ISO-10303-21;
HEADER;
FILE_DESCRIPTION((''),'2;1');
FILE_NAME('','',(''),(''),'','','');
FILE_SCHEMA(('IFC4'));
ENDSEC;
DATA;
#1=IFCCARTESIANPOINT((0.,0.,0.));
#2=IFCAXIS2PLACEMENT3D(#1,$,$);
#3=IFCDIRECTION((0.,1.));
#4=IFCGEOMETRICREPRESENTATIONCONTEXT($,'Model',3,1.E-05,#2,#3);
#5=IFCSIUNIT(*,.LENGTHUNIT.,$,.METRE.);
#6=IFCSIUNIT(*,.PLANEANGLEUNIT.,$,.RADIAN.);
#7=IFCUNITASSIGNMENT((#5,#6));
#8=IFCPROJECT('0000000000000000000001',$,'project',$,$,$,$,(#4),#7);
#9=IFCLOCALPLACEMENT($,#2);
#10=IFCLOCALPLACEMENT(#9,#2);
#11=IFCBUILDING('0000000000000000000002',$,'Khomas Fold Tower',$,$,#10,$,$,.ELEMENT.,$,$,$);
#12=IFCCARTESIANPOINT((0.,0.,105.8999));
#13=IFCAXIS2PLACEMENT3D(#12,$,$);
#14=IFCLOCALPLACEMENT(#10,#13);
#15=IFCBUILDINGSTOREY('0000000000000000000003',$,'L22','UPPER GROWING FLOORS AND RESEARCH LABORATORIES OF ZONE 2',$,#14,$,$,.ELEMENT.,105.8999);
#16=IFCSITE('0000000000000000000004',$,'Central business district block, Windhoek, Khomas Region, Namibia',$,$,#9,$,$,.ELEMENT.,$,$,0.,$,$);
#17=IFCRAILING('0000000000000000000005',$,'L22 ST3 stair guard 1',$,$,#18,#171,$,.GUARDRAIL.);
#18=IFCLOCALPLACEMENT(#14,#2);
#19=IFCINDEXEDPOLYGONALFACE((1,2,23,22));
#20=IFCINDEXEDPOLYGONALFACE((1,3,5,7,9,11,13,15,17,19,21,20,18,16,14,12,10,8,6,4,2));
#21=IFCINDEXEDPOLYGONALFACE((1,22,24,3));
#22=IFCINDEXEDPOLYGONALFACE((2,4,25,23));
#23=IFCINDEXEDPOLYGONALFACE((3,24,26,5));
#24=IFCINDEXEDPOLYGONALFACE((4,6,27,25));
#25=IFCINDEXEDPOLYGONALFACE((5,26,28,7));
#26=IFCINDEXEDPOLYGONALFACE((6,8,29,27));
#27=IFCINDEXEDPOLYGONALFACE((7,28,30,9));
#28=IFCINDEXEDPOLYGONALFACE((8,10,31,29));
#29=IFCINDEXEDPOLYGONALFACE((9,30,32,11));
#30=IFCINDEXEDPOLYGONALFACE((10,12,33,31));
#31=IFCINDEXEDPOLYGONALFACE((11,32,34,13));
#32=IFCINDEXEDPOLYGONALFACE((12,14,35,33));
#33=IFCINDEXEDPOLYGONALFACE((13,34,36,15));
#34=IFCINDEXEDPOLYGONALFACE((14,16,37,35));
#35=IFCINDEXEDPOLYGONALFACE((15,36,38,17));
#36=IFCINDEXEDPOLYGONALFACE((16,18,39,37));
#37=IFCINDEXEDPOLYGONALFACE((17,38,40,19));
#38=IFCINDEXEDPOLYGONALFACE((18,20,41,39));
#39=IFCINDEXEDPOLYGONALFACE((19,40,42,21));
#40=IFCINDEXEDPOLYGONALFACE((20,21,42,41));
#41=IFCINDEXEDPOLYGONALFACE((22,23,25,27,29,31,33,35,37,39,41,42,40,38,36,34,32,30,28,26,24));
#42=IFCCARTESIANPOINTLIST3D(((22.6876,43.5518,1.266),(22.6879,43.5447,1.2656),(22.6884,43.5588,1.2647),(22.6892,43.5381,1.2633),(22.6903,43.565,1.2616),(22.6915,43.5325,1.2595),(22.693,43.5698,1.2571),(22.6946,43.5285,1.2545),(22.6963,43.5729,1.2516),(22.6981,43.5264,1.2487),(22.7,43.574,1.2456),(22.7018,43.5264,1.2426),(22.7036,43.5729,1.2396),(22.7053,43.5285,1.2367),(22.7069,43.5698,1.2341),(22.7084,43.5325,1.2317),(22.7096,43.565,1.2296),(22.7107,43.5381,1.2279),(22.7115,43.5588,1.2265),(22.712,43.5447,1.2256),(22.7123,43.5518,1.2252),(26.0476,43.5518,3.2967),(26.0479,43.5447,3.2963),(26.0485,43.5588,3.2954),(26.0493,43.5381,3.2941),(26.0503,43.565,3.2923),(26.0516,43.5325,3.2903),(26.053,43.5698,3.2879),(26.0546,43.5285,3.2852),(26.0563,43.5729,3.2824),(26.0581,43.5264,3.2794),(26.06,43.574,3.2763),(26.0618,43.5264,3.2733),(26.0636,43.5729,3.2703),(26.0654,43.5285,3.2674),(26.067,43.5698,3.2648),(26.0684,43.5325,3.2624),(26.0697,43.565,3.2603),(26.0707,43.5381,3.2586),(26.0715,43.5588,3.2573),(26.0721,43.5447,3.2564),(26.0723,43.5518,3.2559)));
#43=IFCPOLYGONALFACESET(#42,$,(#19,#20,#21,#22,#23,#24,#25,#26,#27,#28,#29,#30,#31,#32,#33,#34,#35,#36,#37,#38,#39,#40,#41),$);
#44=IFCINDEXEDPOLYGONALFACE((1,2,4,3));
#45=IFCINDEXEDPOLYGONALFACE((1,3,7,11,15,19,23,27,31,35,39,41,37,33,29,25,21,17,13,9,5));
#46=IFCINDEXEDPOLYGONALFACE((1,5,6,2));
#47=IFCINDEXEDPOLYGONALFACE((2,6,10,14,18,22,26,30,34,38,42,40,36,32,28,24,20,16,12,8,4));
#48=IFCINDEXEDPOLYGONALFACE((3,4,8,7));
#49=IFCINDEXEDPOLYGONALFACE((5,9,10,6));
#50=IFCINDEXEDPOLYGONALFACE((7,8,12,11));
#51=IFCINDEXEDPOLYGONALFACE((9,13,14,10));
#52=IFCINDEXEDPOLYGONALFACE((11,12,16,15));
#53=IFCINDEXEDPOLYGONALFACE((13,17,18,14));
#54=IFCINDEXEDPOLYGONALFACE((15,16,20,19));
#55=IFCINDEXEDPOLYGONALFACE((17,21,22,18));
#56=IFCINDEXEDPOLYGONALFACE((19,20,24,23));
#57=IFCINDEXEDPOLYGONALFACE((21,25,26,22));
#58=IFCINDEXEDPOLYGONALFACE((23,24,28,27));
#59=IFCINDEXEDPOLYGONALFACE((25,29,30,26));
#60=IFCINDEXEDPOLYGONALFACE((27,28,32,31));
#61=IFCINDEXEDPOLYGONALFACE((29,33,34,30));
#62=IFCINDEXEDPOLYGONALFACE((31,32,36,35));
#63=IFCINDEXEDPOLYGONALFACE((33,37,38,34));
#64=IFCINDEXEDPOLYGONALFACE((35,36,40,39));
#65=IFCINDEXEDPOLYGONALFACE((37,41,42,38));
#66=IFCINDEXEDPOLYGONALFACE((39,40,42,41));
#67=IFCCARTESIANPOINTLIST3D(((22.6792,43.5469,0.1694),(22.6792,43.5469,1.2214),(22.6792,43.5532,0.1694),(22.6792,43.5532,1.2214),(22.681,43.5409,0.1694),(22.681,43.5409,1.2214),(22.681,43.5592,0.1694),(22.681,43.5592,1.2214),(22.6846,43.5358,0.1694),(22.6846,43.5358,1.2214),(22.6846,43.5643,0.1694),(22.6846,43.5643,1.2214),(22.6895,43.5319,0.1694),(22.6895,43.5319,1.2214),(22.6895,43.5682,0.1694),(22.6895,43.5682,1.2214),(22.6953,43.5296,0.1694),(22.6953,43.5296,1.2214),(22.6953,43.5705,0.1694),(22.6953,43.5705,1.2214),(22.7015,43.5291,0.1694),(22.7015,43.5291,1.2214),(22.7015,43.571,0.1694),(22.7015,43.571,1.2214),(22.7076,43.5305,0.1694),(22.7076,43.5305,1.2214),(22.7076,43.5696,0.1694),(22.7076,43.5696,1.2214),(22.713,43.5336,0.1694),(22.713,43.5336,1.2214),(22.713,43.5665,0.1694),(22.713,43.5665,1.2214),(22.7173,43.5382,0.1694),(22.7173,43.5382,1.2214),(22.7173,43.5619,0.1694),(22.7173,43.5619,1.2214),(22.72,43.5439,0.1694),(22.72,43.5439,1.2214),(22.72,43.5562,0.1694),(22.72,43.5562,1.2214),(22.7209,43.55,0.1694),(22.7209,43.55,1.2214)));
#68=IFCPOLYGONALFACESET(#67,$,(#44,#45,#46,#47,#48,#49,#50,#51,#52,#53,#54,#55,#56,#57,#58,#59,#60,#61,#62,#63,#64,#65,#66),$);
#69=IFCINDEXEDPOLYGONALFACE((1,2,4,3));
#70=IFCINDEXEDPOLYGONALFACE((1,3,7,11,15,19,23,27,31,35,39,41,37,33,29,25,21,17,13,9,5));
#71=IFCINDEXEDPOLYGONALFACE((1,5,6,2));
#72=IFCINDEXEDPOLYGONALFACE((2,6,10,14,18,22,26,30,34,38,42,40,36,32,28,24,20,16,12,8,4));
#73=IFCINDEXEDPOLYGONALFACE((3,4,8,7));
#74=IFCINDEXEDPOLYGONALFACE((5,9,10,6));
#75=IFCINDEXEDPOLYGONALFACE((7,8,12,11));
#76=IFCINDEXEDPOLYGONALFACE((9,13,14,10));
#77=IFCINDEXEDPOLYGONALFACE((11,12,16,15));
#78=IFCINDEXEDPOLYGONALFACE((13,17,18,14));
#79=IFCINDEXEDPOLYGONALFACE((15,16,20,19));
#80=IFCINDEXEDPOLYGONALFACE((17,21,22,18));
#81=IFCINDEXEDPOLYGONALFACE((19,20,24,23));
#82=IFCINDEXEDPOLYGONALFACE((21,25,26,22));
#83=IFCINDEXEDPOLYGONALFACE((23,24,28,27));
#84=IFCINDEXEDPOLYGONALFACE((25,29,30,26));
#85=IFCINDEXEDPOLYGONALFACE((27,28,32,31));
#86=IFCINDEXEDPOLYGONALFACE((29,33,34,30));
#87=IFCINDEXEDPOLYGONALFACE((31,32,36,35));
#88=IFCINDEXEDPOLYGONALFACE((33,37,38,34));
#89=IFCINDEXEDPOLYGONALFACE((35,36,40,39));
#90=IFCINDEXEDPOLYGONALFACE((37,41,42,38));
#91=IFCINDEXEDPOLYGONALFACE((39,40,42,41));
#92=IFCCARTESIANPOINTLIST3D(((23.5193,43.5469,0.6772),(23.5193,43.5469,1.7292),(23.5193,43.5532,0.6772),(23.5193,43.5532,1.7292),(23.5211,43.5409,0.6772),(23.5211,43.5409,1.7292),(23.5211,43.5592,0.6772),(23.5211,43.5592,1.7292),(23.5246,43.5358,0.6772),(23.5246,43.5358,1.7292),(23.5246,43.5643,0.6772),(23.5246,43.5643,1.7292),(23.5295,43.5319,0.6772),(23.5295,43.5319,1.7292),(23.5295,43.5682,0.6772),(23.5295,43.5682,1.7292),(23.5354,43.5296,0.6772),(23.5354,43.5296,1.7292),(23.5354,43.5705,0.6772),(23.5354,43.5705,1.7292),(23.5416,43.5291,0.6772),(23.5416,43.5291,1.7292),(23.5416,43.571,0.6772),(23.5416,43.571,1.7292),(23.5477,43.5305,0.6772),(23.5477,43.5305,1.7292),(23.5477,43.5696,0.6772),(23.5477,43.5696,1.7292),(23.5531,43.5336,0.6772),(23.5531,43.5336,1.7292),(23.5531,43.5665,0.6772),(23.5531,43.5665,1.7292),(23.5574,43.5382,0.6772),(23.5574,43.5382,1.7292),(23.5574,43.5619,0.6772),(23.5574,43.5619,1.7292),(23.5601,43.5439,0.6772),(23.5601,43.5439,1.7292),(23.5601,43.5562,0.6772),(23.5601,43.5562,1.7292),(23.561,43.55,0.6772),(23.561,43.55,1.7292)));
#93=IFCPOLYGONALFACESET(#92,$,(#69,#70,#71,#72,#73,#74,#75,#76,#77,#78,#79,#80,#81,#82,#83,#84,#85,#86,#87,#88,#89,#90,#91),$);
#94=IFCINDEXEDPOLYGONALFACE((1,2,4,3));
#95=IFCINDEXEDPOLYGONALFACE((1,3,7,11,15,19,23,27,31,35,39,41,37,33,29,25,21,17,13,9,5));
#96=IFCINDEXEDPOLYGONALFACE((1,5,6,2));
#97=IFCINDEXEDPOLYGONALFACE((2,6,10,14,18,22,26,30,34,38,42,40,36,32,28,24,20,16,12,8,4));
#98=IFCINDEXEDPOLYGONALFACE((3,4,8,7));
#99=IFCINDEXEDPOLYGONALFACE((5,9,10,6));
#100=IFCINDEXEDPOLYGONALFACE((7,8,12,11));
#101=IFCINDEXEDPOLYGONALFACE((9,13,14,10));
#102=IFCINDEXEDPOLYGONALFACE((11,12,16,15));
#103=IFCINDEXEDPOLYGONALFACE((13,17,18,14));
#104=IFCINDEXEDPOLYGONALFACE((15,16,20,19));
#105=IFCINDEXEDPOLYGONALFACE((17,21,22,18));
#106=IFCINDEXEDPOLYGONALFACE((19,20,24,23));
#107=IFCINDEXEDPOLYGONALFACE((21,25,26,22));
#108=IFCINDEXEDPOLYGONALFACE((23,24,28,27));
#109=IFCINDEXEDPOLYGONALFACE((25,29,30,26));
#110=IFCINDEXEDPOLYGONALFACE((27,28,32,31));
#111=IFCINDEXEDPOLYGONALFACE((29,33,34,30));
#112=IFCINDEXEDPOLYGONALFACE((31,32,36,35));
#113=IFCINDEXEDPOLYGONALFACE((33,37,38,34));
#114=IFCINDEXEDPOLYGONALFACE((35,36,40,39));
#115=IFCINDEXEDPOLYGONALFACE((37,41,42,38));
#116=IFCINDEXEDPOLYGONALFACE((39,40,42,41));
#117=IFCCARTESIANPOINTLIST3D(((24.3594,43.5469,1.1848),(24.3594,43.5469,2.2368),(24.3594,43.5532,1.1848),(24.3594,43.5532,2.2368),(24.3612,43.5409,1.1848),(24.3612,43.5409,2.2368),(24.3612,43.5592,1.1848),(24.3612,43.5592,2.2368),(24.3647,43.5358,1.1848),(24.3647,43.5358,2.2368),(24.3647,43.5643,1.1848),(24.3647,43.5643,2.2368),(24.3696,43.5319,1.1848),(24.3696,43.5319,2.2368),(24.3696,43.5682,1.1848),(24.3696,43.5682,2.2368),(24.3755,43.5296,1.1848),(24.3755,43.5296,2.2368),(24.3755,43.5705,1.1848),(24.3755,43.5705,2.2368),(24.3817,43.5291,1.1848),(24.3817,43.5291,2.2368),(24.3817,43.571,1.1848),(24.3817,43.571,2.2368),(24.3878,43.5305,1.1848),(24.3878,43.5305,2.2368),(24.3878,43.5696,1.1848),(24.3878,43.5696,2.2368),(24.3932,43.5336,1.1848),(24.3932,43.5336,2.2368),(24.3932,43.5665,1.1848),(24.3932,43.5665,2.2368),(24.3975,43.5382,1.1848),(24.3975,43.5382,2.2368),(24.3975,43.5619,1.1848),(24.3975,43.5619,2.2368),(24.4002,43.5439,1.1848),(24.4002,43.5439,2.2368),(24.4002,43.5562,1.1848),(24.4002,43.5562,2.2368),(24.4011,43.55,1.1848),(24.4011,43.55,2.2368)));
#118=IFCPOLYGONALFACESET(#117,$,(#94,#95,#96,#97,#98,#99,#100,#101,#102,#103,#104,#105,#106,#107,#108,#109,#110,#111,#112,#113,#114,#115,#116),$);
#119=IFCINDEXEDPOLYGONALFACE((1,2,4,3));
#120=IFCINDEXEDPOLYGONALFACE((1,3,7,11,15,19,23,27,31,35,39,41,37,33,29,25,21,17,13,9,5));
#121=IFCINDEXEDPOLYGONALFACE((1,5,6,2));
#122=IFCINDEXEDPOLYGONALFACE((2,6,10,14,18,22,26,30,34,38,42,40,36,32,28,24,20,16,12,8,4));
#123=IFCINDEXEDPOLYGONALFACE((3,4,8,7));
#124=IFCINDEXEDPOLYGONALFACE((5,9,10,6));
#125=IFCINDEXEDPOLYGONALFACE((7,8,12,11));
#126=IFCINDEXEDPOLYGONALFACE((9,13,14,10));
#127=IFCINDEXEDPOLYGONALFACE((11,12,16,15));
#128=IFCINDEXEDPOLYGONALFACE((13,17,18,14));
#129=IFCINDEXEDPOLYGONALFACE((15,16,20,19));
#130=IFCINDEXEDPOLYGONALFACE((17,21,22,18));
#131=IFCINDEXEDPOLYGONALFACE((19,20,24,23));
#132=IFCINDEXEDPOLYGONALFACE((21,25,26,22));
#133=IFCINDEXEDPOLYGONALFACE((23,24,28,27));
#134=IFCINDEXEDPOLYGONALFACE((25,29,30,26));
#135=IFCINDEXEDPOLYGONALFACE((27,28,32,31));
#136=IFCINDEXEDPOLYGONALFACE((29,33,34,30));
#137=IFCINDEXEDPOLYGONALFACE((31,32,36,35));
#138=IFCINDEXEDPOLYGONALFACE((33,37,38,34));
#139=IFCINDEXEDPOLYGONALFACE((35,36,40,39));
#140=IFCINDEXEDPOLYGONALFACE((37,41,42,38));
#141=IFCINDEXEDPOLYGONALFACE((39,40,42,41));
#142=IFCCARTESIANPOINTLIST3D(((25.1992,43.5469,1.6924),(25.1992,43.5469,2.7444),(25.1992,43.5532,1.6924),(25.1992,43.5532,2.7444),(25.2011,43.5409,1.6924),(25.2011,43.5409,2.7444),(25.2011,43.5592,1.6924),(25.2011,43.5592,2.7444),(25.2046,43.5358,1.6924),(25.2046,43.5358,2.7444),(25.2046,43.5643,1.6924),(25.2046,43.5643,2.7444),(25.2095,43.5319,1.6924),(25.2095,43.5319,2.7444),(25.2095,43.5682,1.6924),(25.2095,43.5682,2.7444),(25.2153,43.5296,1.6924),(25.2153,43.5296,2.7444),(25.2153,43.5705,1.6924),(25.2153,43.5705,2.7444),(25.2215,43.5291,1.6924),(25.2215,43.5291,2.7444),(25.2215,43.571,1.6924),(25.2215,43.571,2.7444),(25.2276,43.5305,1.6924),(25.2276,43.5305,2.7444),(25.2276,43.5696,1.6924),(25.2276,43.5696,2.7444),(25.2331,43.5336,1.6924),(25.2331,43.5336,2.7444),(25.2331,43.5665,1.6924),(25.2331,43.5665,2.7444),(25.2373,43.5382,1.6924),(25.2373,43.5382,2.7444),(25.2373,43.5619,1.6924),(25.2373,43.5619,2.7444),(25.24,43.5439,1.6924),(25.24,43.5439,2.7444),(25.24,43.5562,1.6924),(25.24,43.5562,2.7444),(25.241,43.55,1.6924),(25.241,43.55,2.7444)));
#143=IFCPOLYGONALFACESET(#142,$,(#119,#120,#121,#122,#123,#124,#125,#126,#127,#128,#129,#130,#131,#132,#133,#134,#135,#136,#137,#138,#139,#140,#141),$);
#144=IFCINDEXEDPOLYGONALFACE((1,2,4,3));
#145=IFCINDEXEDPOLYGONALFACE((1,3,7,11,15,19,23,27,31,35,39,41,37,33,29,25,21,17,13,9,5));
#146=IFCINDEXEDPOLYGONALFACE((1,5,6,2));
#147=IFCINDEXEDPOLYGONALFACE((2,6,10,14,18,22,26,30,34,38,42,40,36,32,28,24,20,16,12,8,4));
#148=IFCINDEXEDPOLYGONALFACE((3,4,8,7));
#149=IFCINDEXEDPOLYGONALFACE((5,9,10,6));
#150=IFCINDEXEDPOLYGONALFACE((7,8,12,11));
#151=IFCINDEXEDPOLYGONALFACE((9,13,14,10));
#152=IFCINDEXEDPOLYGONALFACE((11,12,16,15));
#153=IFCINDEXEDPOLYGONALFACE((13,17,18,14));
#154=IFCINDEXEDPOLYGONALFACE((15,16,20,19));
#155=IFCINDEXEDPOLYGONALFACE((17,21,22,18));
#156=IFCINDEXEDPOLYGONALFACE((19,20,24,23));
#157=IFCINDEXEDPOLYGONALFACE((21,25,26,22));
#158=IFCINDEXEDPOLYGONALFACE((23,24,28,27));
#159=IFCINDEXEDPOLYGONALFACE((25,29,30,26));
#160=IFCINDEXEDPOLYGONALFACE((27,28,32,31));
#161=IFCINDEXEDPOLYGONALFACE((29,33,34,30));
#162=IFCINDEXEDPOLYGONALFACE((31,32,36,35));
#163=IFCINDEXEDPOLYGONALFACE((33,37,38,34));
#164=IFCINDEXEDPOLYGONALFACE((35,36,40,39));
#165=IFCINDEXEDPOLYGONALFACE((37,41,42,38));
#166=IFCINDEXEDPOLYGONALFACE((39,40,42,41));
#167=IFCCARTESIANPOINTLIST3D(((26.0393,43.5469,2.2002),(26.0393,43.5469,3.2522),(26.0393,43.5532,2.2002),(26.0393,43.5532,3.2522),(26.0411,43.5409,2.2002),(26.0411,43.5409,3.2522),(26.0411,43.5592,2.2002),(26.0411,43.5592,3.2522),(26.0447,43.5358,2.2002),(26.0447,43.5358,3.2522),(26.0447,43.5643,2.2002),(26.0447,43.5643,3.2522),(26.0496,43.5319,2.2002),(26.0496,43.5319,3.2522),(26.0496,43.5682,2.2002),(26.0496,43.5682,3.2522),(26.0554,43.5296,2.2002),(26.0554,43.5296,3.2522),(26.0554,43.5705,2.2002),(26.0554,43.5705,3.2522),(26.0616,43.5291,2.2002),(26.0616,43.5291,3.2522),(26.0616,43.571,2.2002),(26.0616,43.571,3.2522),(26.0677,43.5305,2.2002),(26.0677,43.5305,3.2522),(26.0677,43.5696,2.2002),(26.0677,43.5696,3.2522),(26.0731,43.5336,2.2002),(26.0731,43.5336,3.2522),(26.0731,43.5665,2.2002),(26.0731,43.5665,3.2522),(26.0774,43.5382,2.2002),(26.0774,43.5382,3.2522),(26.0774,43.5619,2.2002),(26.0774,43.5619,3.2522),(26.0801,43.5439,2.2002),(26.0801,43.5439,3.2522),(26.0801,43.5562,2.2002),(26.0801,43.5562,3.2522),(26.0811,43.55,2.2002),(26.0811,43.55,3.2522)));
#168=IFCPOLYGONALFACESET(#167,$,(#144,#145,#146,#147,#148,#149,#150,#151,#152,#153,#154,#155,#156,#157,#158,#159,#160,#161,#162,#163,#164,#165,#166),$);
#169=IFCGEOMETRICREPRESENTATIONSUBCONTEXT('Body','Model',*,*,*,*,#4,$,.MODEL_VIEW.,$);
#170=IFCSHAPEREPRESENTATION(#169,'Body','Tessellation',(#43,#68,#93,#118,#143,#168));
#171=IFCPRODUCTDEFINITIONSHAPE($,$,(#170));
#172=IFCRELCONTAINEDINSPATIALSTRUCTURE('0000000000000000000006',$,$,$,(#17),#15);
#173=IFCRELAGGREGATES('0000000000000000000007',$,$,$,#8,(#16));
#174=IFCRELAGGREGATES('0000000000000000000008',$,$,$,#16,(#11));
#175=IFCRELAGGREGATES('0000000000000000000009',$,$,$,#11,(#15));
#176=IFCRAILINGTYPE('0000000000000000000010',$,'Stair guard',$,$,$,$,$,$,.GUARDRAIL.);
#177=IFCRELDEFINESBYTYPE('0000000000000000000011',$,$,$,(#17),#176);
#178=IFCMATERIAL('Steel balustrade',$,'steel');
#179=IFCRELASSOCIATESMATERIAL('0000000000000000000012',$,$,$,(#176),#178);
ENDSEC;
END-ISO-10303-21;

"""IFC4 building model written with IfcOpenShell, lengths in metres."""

from ifc_helpers import new_model, si_unit, direction, frame, origin, origin_2d, place, context, subcontext, project, spatial, circle, extrude, source, transform, mapped, material, type_object, element, save


model = new_model("IFC4")

# Units and contexts
model_context = context("Model", 3, precision=1e-05, world=origin(), true_north=direction((0.0, 1.0)))
body_context = subcontext(model_context, "Body", "Model", "MODEL_VIEW")
ifc_project = project(units=[si_unit("LENGTHUNIT", "METRE"), si_unit("PLANEANGLEUNIT", "RADIAN")], contexts=[model_context])

# Site, building, storey
site_placement = place(None, origin())
site = spatial("IfcSite", under=ifc_project, at=site_placement, Name="Central business district block, Windhoek, Khomas Region, Namibia", CompositionType="ELEMENT", RefElevation=0.0)
building_placement = place(site_placement, origin())
building = spatial("IfcBuilding", under=site, at=building_placement, Name="Khomas Fold Tower", CompositionType="ELEMENT")
storey_placement = place(building_placement, frame((0.0, 0.0, 105.8999)))
storey = spatial("IfcBuildingStorey", under=building, at=storey_placement, Name="L22", Description="UPPER GROWING FLOORS AND RESEARCH LABORATORIES OF ZONE 2", CompositionType="ELEMENT", Elevation=105.8999)

# Railing
ifc_material_1 = material(Name="Steel balustrade", Category="steel")
railing_type_1 = type_object("IfcRailingType", Name="Stair guard", PredefinedType="GUARDRAIL", material=ifc_material_1)
shared_shape_1 = source(origin(), body_context, "Body", "SweptSolid", [
    extrude(circle(Radius=0.0239, at=origin_2d()), frame((0.0, 0.0, 1.0762), z_axis=(0.855837, 0.0, 0.517246), x_axis=(0.0, 1.0, 0.0)), (0.0, 0.0, 1.0), 3.926),
    extrude(circle(Radius=0.021, at=origin_2d()), origin(), (0.0, 0.0, 1.0), 1.052),
    extrude(circle(Radius=0.021, at=origin_2d()), frame((0.8401, 0.0, 0.5078)), (0.0, 0.0, 1.0), 1.052),
    extrude(circle(Radius=0.021, at=origin_2d()), frame((1.6802, 0.0, 1.0154)), (0.0, 0.0, 1.0), 1.052),
    extrude(circle(Radius=0.021, at=origin_2d()), frame((2.52, 0.0, 1.5229)), (0.0, 0.0, 1.0), 1.052),
    extrude(circle(Radius=0.021, at=origin_2d()), frame((3.3601, 0.0, 2.0308)), (0.0, 0.0, 1.0), 1.052),
])
railing_1_placement = place(storey_placement, frame((22.7, 43.55, 0.1694)))
element("IfcRailing", 1, at=railing_1_placement, inside=storey, type_object=railing_type_1, Name="L22 ST3 stair guard 1", PredefinedType="GUARDRAIL", context=body_context, shape_type="MappedRepresentation", body=[
    mapped(shared_shape_1, transform((0.0, 0.0, 0.0))),
])

save(model, "model.ifc")
